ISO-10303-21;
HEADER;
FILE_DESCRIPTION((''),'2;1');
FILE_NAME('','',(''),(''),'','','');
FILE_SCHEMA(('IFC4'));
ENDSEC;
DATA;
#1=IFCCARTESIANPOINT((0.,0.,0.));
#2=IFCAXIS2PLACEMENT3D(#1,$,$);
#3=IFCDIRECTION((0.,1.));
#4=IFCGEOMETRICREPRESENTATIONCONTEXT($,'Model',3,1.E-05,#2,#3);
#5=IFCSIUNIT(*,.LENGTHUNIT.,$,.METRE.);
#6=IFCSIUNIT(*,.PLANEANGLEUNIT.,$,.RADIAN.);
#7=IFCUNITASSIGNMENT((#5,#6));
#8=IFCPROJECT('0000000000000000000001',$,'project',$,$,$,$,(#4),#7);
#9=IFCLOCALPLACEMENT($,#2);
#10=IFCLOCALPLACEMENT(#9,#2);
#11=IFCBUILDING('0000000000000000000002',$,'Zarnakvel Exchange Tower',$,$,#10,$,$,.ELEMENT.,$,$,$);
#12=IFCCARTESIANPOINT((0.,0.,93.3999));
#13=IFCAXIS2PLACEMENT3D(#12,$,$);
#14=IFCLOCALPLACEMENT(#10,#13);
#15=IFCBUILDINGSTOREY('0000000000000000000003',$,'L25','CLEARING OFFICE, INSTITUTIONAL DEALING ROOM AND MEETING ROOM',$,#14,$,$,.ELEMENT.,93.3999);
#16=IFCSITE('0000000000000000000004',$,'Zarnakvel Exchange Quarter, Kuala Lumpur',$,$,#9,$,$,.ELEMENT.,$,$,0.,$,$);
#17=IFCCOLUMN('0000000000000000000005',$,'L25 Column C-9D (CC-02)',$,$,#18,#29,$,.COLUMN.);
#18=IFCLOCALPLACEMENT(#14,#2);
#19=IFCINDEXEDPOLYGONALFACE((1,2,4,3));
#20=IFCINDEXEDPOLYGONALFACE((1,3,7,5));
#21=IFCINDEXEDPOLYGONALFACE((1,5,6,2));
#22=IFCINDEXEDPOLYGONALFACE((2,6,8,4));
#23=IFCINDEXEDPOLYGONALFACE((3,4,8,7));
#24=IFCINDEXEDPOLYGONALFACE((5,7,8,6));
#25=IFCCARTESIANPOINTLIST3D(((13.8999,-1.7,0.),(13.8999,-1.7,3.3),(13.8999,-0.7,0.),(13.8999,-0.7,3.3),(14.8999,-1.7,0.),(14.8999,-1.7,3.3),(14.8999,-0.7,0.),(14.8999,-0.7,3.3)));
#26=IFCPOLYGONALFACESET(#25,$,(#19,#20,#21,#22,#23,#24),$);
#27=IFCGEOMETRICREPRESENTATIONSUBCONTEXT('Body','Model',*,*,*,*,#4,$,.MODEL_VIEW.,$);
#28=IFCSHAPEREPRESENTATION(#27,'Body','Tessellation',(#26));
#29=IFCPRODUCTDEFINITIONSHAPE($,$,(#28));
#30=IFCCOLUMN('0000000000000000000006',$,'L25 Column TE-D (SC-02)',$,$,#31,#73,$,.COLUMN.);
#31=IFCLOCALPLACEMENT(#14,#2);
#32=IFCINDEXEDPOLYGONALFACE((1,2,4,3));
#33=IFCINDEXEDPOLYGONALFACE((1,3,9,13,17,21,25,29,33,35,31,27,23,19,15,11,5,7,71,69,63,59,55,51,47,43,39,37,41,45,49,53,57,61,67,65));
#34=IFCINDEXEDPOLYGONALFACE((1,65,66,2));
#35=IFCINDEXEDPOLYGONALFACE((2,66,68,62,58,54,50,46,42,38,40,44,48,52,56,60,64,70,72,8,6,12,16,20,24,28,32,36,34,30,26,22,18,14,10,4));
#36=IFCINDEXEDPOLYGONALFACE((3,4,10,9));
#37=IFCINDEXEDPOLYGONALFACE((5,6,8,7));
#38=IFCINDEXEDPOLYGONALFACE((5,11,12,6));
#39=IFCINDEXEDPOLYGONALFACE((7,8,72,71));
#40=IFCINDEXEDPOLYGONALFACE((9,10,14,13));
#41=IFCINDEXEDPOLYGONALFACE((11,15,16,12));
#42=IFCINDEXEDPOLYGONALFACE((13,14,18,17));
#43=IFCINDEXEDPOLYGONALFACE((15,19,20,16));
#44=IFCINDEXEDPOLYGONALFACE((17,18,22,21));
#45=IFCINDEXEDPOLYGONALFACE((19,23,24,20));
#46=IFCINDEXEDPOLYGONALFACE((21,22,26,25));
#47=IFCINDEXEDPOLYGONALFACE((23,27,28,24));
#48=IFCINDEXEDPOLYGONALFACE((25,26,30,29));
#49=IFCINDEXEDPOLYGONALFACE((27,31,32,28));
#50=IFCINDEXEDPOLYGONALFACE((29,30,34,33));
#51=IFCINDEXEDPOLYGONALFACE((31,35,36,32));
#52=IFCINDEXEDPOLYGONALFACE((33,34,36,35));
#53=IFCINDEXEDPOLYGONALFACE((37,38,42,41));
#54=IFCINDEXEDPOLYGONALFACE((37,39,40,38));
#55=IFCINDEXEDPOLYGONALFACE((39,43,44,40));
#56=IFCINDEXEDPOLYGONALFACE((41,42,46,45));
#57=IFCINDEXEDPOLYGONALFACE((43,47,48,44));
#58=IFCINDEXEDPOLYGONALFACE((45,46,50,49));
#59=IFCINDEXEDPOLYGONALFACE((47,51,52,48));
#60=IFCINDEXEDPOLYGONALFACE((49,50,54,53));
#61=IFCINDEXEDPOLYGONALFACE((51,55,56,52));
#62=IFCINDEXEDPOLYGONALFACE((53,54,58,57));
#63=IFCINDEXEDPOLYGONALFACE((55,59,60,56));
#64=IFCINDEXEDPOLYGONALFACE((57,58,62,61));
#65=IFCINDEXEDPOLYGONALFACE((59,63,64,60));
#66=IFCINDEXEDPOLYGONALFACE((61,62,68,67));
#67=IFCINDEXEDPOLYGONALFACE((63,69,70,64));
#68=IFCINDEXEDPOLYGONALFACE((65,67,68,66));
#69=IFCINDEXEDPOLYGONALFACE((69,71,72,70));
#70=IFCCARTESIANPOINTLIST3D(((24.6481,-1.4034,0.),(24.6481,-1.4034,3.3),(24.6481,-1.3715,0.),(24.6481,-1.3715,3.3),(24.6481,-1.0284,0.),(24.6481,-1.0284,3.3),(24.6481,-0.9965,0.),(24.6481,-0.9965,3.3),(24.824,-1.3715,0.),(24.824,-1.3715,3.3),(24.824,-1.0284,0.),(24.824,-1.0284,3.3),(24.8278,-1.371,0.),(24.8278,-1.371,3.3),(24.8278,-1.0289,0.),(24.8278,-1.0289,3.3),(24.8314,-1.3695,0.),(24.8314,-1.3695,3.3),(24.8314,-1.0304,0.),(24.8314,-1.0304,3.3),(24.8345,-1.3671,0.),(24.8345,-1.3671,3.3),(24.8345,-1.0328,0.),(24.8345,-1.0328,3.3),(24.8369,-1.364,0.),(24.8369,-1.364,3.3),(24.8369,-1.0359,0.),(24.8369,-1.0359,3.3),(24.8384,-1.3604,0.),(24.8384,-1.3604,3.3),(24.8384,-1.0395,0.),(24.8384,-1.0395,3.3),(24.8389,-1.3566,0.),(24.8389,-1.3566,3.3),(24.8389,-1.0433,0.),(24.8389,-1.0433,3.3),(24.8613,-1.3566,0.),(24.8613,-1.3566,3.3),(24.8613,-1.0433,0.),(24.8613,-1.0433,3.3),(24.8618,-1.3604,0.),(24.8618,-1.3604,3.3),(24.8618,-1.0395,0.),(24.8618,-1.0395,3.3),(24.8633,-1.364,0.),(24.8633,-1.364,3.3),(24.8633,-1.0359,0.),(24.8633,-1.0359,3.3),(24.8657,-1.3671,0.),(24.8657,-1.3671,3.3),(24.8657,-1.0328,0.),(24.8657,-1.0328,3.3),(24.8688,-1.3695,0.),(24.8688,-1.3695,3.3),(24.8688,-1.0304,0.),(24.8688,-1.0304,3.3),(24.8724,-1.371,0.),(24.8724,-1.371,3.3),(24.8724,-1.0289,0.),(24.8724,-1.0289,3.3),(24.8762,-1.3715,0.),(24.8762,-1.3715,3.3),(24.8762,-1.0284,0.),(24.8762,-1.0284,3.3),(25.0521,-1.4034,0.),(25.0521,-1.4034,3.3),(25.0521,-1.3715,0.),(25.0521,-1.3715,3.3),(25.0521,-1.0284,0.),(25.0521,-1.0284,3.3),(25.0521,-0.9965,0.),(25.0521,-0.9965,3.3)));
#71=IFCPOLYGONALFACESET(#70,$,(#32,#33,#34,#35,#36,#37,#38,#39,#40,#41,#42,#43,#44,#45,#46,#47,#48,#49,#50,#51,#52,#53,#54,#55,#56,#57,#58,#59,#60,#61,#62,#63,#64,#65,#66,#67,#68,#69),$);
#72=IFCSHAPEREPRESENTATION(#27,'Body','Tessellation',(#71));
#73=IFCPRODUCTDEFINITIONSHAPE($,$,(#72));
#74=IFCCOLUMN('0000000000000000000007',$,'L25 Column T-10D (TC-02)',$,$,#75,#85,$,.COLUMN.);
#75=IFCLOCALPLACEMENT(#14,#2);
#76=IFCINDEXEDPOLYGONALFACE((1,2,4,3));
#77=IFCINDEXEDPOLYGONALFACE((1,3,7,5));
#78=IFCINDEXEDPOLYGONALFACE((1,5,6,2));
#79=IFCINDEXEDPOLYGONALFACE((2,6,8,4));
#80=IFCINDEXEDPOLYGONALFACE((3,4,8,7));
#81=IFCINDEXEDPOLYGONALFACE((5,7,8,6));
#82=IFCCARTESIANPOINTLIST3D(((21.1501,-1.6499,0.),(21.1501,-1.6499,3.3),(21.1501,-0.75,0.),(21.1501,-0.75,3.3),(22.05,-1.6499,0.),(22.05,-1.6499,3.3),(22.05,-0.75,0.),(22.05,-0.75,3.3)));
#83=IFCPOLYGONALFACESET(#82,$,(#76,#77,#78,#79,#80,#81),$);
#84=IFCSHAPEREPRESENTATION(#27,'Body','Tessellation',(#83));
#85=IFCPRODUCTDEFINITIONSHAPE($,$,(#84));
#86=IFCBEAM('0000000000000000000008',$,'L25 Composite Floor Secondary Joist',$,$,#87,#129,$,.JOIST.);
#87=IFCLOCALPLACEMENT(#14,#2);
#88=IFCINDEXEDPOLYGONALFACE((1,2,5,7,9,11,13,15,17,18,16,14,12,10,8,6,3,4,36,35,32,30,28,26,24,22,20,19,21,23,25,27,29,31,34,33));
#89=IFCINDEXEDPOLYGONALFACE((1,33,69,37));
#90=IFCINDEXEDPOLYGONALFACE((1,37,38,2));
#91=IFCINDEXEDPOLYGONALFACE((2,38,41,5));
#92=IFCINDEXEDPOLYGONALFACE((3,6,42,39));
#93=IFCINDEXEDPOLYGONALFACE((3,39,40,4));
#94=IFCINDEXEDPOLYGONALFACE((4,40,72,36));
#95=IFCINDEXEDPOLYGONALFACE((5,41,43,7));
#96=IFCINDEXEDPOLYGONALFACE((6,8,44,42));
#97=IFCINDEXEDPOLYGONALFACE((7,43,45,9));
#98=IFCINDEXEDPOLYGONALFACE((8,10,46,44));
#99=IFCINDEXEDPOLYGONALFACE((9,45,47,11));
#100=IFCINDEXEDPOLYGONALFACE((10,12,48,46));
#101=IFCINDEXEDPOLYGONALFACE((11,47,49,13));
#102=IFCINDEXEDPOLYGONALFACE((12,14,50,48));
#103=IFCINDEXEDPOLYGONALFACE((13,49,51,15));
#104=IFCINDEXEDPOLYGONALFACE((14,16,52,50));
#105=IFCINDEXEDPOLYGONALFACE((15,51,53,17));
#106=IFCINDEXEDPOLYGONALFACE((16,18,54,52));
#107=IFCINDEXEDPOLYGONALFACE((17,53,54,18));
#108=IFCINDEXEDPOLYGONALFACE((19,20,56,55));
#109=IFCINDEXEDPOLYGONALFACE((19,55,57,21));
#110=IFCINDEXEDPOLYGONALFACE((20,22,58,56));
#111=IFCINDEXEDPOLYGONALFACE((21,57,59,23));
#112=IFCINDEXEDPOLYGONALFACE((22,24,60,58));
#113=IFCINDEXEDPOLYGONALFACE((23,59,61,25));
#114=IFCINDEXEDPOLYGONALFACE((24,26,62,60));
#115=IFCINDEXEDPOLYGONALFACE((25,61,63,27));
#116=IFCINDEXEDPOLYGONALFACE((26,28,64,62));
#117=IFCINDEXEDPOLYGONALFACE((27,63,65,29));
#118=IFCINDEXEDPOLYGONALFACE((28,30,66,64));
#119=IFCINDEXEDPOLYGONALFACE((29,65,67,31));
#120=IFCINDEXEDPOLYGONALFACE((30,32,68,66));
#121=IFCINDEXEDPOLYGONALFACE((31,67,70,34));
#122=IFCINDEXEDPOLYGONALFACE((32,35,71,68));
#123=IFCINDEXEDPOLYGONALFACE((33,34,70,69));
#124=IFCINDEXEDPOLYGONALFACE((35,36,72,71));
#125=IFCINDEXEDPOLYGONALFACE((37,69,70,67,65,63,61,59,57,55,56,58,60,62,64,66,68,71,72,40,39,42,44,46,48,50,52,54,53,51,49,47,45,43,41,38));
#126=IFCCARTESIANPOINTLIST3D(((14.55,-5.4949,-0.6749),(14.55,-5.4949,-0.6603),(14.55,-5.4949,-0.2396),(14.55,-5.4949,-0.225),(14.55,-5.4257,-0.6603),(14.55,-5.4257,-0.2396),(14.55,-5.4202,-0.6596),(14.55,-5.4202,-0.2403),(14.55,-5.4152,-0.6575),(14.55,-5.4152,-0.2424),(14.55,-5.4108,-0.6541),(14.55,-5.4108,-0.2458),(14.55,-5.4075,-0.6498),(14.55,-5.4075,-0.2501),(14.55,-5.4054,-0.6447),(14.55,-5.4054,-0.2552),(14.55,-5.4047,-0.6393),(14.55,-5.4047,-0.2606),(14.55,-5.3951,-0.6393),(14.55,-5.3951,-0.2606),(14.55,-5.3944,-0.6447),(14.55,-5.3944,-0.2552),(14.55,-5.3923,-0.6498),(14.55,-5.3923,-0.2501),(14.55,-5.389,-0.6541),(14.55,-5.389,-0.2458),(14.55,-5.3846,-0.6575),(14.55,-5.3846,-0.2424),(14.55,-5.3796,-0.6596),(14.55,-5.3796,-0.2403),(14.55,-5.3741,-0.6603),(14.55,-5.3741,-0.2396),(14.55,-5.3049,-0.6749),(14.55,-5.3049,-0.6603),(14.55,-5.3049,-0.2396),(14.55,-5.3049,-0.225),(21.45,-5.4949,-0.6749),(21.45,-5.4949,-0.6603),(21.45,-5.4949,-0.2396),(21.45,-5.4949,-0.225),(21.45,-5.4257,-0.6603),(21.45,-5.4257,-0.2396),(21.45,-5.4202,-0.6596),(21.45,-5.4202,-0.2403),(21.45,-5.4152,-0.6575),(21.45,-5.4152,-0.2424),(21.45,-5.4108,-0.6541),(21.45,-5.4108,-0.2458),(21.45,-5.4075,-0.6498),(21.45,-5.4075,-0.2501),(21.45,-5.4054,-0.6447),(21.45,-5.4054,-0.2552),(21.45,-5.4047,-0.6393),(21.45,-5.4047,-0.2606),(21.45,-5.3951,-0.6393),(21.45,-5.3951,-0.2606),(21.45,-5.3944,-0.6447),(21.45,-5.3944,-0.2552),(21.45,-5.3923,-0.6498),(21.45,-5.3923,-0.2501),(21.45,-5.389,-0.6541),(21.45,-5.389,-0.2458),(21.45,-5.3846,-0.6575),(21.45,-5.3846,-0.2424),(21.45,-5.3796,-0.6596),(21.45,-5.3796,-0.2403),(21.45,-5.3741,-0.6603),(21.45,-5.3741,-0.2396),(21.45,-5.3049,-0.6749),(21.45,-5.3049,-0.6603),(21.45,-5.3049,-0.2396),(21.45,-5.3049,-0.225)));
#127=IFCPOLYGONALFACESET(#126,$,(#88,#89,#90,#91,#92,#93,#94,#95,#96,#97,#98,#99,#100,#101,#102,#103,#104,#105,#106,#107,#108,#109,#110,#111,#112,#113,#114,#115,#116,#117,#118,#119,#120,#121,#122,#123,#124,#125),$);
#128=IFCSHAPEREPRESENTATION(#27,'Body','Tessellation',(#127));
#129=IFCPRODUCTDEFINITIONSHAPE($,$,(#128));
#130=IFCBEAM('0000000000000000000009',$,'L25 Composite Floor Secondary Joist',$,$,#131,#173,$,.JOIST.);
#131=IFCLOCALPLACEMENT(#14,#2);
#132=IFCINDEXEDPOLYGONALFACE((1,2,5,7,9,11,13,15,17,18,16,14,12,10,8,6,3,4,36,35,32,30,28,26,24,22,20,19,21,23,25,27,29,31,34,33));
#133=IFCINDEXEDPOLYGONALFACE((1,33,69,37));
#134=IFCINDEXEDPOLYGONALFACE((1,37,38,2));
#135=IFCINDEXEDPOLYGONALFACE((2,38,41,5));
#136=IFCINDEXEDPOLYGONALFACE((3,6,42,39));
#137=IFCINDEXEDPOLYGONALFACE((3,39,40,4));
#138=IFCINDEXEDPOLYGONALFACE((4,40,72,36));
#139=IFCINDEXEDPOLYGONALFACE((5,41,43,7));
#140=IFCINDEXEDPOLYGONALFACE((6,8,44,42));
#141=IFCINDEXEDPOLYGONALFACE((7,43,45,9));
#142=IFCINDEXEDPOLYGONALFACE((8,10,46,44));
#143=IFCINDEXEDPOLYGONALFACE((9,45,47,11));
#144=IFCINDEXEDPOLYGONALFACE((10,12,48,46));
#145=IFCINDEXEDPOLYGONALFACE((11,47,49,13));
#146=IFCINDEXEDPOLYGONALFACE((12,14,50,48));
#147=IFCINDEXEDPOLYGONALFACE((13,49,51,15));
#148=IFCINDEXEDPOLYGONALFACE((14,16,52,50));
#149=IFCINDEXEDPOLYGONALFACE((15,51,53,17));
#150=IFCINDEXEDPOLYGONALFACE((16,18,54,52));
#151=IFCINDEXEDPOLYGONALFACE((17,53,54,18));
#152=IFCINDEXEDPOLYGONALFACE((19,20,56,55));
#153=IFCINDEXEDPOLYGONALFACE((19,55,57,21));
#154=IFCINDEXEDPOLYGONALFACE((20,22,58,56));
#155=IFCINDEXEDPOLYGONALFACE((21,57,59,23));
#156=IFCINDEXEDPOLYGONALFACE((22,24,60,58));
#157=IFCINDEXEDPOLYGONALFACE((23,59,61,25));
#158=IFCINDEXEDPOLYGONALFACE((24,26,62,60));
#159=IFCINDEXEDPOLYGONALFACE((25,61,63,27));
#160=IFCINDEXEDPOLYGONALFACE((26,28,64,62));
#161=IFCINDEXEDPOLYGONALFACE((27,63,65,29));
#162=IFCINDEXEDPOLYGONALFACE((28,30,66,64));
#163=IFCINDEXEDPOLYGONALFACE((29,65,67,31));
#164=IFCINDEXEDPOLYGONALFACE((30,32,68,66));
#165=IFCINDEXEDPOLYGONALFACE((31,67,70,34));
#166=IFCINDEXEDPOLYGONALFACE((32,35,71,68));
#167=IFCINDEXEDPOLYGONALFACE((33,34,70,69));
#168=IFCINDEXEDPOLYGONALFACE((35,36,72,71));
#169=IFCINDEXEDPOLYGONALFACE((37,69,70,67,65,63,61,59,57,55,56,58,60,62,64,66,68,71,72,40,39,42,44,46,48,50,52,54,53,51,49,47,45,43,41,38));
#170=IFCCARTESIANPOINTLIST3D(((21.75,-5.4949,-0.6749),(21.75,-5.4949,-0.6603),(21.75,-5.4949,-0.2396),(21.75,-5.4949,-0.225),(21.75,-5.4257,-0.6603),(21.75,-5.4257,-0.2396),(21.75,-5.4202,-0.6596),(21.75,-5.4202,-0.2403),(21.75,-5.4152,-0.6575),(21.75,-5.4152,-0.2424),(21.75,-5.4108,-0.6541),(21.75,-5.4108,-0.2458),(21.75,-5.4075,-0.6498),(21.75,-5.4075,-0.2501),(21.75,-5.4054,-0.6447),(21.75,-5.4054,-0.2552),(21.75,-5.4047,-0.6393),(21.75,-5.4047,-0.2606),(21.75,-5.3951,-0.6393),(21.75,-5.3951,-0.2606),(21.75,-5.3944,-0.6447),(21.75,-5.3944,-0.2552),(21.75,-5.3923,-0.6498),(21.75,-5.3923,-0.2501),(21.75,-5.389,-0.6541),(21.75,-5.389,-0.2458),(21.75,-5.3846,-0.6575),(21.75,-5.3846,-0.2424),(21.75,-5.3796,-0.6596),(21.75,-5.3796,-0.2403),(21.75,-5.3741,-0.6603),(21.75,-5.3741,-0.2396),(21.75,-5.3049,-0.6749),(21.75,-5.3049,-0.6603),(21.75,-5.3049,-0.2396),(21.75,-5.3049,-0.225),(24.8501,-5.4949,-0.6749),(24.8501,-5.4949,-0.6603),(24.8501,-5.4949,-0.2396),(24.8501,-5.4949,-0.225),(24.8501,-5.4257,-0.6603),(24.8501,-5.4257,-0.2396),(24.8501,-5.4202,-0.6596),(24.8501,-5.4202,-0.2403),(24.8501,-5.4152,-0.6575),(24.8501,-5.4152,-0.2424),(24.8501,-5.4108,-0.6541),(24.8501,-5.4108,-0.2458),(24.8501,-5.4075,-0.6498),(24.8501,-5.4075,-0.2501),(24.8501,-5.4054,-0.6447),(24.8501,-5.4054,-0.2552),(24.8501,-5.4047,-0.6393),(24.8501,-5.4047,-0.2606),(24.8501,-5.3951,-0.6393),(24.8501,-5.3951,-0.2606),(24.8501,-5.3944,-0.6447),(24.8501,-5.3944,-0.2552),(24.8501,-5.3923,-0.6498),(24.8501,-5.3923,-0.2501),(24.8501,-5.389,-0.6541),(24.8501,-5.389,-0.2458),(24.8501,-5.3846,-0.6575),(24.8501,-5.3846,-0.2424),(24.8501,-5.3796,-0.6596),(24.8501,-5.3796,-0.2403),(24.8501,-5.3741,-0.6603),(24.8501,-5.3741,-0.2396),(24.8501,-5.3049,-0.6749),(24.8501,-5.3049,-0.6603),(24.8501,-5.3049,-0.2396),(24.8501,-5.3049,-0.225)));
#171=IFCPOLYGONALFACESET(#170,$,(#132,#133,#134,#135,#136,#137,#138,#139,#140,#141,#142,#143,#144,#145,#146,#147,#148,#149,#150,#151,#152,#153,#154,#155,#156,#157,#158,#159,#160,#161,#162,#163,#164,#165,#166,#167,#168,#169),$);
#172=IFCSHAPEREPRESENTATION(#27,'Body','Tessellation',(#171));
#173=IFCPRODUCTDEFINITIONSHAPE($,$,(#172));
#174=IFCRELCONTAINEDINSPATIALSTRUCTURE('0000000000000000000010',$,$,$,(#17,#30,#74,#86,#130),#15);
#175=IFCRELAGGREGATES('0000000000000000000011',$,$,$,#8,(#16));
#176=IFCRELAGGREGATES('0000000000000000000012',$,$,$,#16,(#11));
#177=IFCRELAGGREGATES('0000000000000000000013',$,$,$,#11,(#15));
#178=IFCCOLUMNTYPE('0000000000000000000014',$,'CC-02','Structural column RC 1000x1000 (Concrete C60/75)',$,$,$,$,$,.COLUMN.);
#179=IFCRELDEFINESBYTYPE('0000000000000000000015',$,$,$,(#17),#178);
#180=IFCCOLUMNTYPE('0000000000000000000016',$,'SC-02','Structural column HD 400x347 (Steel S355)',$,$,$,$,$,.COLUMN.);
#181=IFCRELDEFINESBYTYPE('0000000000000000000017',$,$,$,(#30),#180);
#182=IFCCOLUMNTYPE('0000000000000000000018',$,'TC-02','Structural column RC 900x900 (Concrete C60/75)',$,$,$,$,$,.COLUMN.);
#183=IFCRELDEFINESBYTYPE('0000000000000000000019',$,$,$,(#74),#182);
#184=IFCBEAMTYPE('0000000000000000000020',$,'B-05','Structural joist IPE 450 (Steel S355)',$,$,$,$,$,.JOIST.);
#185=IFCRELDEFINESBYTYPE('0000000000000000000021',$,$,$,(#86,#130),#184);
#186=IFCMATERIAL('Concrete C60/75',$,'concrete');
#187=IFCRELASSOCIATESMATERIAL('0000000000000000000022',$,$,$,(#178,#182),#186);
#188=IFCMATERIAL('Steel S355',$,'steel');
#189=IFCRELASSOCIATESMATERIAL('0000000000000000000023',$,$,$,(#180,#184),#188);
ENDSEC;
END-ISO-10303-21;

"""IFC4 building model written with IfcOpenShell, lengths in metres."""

from ifc_helpers import new_model, si_unit, direction, frame, origin, origin_2d, place, context, subcontext, project, spatial, rectangle, i_section, extrude, material, material_profile, profile_set, type_object, element, save


model = new_model("IFC4")

# Units and contexts
model_context = context("Model", 3, precision=1e-05, world=origin(), true_north=direction((0.0, 1.0)))
body_context = subcontext(model_context, "Body", "Model", "MODEL_VIEW")
ifc_project = project(units=[si_unit("LENGTHUNIT", "METRE"), si_unit("PLANEANGLEUNIT", "RADIAN")], contexts=[model_context])

# Site, building, storey
site_placement = place(None, origin())
site = spatial("IfcSite", under=ifc_project, at=site_placement, Name="Zarnakvel Exchange Quarter, Kuala Lumpur", CompositionType="ELEMENT", RefElevation=0.0)
building_placement = place(site_placement, origin())
building = spatial("IfcBuilding", under=site, at=building_placement, Name="Zarnakvel Exchange Tower", CompositionType="ELEMENT")
storey_placement = place(building_placement, frame((0.0, 0.0, 93.3999)))
storey = spatial("IfcBuildingStorey", under=building, at=storey_placement, Name="L25", Description="CLEARING OFFICE, INSTITUTIONAL DEALING ROOM AND MEETING ROOM", CompositionType="ELEMENT", Elevation=93.3999)

# Columns
ifc_material_1 = material(Name="Concrete C60/75", Category="concrete")
ifc_material_profile_1 = material_profile(ifc_material_1, rectangle(XDim=1.0, YDim=1.0, at=origin_2d()))
ifc_profile_set_1 = profile_set([ifc_material_profile_1], Name="Concrete C60/75")
column_type_1 = type_object("IfcColumnType", Name="CC-02", Description="Structural column RC 1000x1000 (Concrete C60/75)", PredefinedType="COLUMN", material=ifc_profile_set_1)
column_1_placement = place(storey_placement, frame((14.3999, -1.2, 0.0), z_axis=(0.0, 0.0, 1.0), x_axis=(1.0, 0.0, 0.0)))
element("IfcColumn", 1, at=column_1_placement, inside=storey, type_object=column_type_1, Name="L25 Column C-9D (CC-02)", PredefinedType="COLUMN", context=body_context, shape_type="SweptSolid", body=[
    extrude(rectangle(XDim=1.0, YDim=1.0, at=origin_2d()), origin(), (0.0, 0.0, 1.0), 3.3),
])
ifc_material_2 = material(Name="Steel S355", Category="steel")
ifc_material_profile_2 = material_profile(ifc_material_2, i_section(OverallWidth=0.4041, OverallDepth=0.407, WebThickness=0.0225, FlangeThickness=0.032, FilletRadius=0.0149, at=origin_2d()))
ifc_profile_set_2 = profile_set([ifc_material_profile_2], Name="Steel S355")
column_type_2 = type_object("IfcColumnType", Name="SC-02", Description="Structural column HD 400x347 (Steel S355)", PredefinedType="COLUMN", material=ifc_profile_set_2)
column_2_placement = place(storey_placement, frame((24.8501, -1.2, 0.0), z_axis=(0.0, 0.0, 1.0), x_axis=(1.0, 0.0, 0.0)))
element("IfcColumn", 2, at=column_2_placement, inside=storey, type_object=column_type_2, Name="L25 Column TE-D (SC-02)", PredefinedType="COLUMN", context=body_context, shape_type="SweptSolid", body=[
    extrude(i_section(OverallWidth=0.4041, OverallDepth=0.407, WebThickness=0.0225, FlangeThickness=0.032, FilletRadius=0.0149, at=origin_2d()), origin(), (0.0, 0.0, 1.0), 3.3),
])
ifc_material_profile_3 = material_profile(ifc_material_1, rectangle(XDim=0.8999, YDim=0.8999, at=origin_2d()))
ifc_profile_set_3 = profile_set([ifc_material_profile_3], Name="Concrete C60/75")
column_type_3 = type_object("IfcColumnType", Name="TC-02", Description="Structural column RC 900x900 (Concrete C60/75)", PredefinedType="COLUMN", material=ifc_profile_set_3)
column_3_placement = place(storey_placement, frame((21.6001, -1.2, 0.0), z_axis=(0.0, 0.0, 1.0), x_axis=(1.0, 0.0, 0.0)))
element("IfcColumn", 3, at=column_3_placement, inside=storey, type_object=column_type_3, Name="L25 Column T-10D (TC-02)", PredefinedType="COLUMN", context=body_context, shape_type="SweptSolid", body=[
    extrude(rectangle(XDim=0.8999, YDim=0.8999, at=origin_2d()), origin(), (0.0, 0.0, 1.0), 3.3),
])

# Beams
ifc_material_profile_4 = material_profile(ifc_material_2, i_section(OverallWidth=0.1899, OverallDepth=0.45, WebThickness=0.0095, FlangeThickness=0.0146, FilletRadius=0.021, at=origin_2d()))
ifc_profile_set_4 = profile_set([ifc_material_profile_4], Name="Steel S355")
beam_type_1 = type_object("IfcBeamType", Name="B-05", Description="Structural joist IPE 450 (Steel S355)", PredefinedType="JOIST", material=ifc_profile_set_4)
beam_1_placement = place(storey_placement, frame((14.55, -5.3999, -0.45), z_axis=(1.0, 0.0, 0.0), x_axis=(0.0, 1.0, 0.0)))
element("IfcBeam", 4, at=beam_1_placement, inside=storey, type_object=beam_type_1, Name="L25 Composite Floor Secondary Joist", PredefinedType="JOIST", context=body_context, shape_type="SweptSolid", body=[
    extrude(i_section(OverallWidth=0.1899, OverallDepth=0.45, WebThickness=0.0095, FlangeThickness=0.0146, FilletRadius=0.021, at=origin_2d()), origin(), (0.0, 0.0, 1.0), 6.8999),
])
beam_2_placement = place(storey_placement, frame((21.75, -5.3999, -0.45), z_axis=(1.0, 0.0, 0.0), x_axis=(0.0, 1.0, 0.0)))
element("IfcBeam", 5, at=beam_2_placement, inside=storey, type_object=beam_type_1, Name="L25 Composite Floor Secondary Joist", PredefinedType="JOIST", context=body_context, shape_type="SweptSolid", body=[
    extrude(i_section(OverallWidth=0.1899, OverallDepth=0.45, WebThickness=0.0095, FlangeThickness=0.0146, FilletRadius=0.021, at=origin_2d()), origin(), (0.0, 0.0, 1.0), 3.1001),
])

save(model, "model.ifc")
